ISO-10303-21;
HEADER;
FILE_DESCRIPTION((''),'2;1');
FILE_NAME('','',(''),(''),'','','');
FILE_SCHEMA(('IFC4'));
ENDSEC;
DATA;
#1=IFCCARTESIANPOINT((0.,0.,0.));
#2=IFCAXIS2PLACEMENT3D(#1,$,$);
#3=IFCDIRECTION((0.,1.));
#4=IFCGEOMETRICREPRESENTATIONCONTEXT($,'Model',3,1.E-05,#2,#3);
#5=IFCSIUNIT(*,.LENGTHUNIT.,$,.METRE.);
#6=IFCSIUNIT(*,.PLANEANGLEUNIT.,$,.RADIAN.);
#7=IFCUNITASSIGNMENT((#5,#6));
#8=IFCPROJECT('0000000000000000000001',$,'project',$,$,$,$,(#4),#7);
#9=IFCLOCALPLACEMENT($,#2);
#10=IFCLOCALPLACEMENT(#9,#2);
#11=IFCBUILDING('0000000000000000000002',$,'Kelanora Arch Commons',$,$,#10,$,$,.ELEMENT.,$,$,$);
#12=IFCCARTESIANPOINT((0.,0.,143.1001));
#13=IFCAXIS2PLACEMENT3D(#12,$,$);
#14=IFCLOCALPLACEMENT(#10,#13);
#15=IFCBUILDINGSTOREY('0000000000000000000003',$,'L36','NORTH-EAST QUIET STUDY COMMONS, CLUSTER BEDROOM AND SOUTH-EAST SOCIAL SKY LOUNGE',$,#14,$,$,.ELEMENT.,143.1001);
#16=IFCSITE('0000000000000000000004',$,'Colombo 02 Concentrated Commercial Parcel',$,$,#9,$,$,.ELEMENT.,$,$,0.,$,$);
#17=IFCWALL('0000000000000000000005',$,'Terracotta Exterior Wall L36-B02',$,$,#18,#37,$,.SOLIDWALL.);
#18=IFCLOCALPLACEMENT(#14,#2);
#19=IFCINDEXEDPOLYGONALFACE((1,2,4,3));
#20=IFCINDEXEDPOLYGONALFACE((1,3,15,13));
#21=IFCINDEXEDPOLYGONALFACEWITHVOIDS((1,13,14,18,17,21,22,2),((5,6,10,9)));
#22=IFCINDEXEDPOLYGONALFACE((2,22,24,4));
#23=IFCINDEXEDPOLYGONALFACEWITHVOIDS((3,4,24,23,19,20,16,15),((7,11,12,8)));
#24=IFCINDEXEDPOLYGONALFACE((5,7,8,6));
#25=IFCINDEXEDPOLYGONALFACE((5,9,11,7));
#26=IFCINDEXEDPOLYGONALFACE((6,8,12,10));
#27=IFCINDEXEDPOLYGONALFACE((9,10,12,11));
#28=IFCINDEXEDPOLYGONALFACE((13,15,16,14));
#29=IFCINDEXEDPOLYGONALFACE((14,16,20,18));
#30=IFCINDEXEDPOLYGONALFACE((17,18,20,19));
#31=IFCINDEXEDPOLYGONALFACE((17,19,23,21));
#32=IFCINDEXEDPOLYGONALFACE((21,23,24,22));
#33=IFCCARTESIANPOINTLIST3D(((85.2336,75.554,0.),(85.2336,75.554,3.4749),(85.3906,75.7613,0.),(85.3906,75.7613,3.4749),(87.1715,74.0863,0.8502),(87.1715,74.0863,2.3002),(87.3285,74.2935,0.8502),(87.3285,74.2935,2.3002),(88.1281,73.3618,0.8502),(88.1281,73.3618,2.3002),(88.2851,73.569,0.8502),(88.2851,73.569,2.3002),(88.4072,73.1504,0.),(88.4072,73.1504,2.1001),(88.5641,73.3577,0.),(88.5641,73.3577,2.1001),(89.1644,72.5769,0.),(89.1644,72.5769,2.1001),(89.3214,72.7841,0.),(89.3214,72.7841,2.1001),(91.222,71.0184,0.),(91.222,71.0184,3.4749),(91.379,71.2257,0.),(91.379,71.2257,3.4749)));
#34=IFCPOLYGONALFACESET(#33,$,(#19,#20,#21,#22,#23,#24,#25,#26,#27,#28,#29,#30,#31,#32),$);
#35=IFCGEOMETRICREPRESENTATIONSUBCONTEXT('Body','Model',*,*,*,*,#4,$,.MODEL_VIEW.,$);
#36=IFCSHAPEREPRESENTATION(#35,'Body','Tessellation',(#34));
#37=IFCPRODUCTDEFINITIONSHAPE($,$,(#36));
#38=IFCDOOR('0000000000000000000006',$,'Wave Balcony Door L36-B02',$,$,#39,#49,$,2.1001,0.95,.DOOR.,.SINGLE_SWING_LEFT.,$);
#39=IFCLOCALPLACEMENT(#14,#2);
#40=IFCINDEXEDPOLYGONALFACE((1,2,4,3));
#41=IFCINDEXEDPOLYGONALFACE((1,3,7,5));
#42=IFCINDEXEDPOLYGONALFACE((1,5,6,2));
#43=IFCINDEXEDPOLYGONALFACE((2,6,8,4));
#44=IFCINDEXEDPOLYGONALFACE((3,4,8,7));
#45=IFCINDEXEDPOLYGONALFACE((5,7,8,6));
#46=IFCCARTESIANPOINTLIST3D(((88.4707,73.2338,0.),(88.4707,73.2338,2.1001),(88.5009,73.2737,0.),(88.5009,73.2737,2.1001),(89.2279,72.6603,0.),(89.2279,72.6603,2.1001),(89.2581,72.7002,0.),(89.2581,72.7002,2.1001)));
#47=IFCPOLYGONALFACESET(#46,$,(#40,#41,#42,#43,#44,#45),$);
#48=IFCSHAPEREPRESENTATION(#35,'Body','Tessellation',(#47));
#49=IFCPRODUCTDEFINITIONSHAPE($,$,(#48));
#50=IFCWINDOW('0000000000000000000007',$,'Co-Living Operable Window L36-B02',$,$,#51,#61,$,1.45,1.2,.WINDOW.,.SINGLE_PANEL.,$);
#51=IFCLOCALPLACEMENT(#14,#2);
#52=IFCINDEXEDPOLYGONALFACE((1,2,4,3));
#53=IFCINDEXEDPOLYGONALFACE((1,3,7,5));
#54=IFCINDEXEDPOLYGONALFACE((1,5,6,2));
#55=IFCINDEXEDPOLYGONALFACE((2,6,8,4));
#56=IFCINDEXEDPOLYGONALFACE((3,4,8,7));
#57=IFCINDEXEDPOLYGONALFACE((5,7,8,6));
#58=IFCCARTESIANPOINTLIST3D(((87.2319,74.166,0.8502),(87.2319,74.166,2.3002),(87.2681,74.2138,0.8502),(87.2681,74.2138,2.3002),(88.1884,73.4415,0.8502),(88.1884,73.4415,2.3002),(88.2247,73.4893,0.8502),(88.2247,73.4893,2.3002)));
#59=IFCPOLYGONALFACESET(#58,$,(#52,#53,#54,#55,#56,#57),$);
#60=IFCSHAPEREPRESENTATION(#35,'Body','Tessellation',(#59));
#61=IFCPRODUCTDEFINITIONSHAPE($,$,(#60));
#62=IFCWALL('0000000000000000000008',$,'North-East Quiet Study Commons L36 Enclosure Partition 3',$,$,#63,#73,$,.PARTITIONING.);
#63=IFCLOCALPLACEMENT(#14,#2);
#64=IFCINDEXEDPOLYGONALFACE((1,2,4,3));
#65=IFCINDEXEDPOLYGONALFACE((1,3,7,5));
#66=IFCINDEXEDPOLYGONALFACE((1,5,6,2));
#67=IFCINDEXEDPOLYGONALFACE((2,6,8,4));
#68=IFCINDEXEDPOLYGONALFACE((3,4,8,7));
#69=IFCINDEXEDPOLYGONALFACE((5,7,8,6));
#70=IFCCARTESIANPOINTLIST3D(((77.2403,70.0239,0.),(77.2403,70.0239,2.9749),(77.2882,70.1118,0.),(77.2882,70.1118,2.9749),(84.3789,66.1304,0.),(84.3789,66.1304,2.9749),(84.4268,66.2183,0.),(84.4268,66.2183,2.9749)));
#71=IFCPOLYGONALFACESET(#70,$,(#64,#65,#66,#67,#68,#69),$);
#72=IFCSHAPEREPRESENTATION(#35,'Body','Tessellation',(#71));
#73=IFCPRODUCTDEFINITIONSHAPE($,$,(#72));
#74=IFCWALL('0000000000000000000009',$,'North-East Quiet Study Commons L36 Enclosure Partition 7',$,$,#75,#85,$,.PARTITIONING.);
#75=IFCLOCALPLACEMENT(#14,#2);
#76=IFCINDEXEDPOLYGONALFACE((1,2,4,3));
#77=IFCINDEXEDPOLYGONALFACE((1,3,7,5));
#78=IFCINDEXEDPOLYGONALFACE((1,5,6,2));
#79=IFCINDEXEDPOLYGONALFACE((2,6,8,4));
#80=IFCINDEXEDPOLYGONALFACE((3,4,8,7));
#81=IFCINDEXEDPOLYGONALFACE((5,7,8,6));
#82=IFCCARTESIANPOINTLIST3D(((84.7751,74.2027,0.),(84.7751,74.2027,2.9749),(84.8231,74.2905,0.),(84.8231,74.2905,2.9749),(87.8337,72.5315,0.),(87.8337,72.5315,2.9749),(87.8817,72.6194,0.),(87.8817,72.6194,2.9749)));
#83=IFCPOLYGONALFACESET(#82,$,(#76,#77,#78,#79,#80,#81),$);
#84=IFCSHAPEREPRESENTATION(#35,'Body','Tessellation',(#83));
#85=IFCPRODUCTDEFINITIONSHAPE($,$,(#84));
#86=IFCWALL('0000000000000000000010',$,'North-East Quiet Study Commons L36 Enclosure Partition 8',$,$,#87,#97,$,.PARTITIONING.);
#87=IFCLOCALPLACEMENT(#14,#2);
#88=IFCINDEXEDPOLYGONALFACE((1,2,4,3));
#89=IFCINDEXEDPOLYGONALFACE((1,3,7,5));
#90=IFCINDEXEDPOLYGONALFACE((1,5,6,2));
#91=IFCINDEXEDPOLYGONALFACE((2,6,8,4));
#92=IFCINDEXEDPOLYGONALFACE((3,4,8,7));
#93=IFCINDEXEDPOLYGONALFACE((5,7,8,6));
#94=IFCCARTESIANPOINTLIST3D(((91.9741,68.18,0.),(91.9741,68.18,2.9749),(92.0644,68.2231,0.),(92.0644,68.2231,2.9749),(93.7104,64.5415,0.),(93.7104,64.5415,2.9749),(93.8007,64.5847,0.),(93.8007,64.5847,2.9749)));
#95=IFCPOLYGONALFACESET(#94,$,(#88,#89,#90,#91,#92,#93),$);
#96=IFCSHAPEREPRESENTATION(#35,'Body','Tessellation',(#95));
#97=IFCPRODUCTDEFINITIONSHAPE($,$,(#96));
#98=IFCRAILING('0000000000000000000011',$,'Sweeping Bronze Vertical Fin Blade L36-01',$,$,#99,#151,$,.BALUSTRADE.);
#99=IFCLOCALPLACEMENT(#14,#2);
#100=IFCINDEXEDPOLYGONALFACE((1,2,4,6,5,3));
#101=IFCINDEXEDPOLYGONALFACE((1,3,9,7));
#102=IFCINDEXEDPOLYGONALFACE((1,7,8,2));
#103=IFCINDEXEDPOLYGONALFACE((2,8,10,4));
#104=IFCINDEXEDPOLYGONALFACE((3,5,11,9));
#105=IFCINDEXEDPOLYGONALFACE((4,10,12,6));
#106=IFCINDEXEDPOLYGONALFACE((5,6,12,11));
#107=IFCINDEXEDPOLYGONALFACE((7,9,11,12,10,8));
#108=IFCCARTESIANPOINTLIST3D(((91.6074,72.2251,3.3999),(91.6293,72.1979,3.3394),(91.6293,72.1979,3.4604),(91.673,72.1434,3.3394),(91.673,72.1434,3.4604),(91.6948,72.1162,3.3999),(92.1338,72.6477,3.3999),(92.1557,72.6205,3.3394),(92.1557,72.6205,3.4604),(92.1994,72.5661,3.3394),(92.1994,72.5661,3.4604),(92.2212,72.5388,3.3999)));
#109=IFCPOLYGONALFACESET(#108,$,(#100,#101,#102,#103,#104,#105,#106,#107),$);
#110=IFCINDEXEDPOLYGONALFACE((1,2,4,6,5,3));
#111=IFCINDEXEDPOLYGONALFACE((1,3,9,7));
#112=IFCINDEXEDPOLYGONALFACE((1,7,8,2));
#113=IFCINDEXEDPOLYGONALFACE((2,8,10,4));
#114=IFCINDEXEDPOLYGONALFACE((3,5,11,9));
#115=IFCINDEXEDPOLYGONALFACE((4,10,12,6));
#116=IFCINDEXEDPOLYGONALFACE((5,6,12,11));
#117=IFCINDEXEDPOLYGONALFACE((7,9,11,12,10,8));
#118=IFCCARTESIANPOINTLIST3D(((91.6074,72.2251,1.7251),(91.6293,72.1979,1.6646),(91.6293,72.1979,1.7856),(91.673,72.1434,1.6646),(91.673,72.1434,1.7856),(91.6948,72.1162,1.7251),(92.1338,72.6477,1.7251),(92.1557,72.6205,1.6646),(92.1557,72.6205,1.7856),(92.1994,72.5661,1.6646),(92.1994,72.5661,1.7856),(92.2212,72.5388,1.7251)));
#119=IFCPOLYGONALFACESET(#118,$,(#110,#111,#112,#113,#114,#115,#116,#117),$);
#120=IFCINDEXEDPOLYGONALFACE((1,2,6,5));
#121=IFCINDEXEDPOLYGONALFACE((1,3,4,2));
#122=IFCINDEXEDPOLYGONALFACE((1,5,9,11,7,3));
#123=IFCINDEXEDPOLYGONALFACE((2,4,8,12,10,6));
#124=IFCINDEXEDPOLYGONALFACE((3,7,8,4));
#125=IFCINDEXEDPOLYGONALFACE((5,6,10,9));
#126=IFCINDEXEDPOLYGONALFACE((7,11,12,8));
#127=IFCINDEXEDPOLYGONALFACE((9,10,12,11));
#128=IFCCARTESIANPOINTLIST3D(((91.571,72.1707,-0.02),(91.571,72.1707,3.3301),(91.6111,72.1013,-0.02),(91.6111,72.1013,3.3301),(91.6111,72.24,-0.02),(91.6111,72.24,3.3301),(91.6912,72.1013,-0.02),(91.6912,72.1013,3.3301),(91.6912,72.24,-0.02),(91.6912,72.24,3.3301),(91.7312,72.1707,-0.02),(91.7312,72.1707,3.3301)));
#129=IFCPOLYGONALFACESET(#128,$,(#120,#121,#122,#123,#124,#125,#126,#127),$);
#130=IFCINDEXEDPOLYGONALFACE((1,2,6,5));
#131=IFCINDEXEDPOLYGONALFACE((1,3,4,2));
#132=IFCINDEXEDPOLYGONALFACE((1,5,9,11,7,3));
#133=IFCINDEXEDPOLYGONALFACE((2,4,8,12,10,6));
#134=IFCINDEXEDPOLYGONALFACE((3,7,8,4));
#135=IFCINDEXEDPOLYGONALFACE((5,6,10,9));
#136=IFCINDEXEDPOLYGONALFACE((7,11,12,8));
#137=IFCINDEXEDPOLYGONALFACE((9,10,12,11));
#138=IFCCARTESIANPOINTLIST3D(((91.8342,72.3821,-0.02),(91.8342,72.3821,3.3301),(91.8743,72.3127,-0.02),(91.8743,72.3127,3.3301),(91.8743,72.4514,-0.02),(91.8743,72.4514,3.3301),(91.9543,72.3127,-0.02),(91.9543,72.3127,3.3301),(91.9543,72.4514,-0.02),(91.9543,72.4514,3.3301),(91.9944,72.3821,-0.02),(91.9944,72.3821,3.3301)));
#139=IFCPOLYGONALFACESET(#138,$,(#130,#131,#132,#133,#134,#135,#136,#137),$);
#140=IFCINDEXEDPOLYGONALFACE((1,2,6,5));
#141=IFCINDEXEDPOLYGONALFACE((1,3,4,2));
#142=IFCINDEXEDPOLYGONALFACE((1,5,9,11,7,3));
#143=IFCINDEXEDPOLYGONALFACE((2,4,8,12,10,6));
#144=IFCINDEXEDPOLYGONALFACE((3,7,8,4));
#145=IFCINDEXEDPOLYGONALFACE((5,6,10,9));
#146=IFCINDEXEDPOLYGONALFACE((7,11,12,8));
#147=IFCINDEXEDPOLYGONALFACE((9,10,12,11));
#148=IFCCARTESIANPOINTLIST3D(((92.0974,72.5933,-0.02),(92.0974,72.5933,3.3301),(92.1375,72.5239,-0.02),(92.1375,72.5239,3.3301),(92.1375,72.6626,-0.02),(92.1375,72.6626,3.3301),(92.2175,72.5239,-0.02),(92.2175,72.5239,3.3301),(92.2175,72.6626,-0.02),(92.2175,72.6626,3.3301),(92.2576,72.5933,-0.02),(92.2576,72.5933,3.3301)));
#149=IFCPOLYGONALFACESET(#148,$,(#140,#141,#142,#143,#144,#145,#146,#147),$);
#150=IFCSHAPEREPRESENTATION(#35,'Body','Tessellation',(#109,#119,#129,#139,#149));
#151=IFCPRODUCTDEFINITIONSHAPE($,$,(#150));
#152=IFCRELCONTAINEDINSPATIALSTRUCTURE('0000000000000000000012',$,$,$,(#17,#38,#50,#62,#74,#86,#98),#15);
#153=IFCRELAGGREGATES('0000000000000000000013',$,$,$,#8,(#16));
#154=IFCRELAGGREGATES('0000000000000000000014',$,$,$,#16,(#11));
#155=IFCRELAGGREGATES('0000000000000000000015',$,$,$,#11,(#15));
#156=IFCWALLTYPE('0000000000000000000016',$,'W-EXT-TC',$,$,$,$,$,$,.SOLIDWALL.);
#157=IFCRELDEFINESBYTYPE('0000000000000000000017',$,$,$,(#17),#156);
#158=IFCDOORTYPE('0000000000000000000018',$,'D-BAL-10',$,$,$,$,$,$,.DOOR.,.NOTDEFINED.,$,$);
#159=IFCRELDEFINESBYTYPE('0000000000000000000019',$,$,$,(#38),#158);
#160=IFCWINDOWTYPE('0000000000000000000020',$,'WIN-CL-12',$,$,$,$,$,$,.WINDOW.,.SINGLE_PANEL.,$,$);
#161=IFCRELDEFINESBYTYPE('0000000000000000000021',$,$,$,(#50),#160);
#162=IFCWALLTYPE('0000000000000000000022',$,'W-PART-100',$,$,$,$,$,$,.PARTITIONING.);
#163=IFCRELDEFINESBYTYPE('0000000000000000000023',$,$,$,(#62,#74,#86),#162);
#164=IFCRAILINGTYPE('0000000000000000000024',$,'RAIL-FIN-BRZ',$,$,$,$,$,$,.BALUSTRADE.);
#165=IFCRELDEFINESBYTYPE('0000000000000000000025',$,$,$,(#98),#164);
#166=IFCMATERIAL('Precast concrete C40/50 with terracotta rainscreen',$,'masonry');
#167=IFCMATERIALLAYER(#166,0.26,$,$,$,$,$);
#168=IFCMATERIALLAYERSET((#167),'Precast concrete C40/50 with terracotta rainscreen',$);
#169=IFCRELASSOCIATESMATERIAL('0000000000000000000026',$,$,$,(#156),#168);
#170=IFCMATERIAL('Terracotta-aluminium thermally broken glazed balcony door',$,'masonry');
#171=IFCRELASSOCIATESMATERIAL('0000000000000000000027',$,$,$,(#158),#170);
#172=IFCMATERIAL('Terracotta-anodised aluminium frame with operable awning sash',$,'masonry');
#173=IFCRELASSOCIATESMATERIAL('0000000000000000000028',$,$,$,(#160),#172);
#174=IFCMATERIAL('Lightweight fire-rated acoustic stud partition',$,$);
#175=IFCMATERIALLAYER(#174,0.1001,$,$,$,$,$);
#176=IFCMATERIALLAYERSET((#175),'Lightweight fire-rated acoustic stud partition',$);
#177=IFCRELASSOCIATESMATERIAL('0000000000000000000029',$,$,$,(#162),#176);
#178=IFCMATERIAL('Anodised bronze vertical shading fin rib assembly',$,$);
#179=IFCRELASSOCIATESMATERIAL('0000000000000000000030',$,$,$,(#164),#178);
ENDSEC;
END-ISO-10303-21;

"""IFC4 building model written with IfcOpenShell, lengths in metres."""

from ifc_helpers import new_model, si_unit, direction, frame, frame_2d, origin, place, context, subcontext, project, spatial, polyline, rectangle, outline, extrude, material, layer, layer_set, type_object, element, fill, save


model = new_model("IFC4")

# Units and contexts
model_context = context("Model", 3, precision=1e-05, world=origin(), true_north=direction((0.0, 1.0)))
body_context = subcontext(model_context, "Body", "Model", "MODEL_VIEW")
ifc_project = project(units=[si_unit("LENGTHUNIT", "METRE"), si_unit("PLANEANGLEUNIT", "RADIAN")], contexts=[model_context])

# Site, building, storey
site_placement = place(None, origin())
site = spatial("IfcSite", under=ifc_project, at=site_placement, Name="Colombo 02 Concentrated Commercial Parcel", CompositionType="ELEMENT", RefElevation=0.0)
building_placement = place(site_placement, origin())
building = spatial("IfcBuilding", under=site, at=building_placement, Name="Kelanora Arch Commons", CompositionType="ELEMENT")
storey_placement = place(building_placement, frame((0.0, 0.0, 143.1001)))
storey = spatial("IfcBuildingStorey", under=building, at=storey_placement, Name="L36", Description="NORTH-EAST QUIET STUDY COMMONS, CLUSTER BEDROOM AND SOUTH-EAST SOCIAL SKY LOUNGE", CompositionType="ELEMENT", Elevation=143.1001)

# Shared definitions
ifc_material_1 = material(Name="Precast concrete C40/50 with terracotta rainscreen", Category="masonry")
ifc_layer_1 = layer(ifc_material_1, 0.26)
ifc_layer_set_1 = layer_set([ifc_layer_1], Name="Precast concrete C40/50 with terracotta rainscreen")
wall_type_1 = type_object("IfcWallType", Name="W-EXT-TC", PredefinedType="SOLIDWALL", material=ifc_layer_set_1)

# Wall, openings, door, window
wall_1_placement = place(storey_placement, frame((91.3005, 71.1221, 0.0), z_axis=(0.0, 0.0, 1.0), x_axis=(-0.797164, 0.603763, 0.0)))
wall_1 = element("IfcWall", 1, at=wall_1_placement, inside=storey, type_object=wall_type_1, Name="Terracotta Exterior Wall L36-B02", PredefinedType="SOLIDWALL", context=body_context, shape_type="SweptSolid", body=[
    extrude(rectangle(XDim=7.5122, YDim=0.26, at=frame_2d((3.7561, 0.0))), origin(), (0.0, 0.0, 1.0), 3.4749),
])
opening_1_placement = place(wall_1_placement, frame((2.5811, 0.0, 0.0)))
opening_1 = element("IfcOpeningElement", 2, at=opening_1_placement, cuts=wall_1, PredefinedType="OPENING", context=body_context, shape_type="SweptSolid", body=[
    extrude(rectangle(XDim=0.95, YDim=2.1001, at=frame_2d((0.4751, 1.05))), frame((0.0, 0.1401, 0.0), z_axis=(0.0, -1.0, 0.0), x_axis=(1.0, 0.0, 0.0)), (0.0, 0.0, 1.0), 0.28),
])
opening_2_placement = place(wall_1_placement, frame((3.8811, 0.0, 0.8501)))
opening_2 = element("IfcOpeningElement", 3, at=opening_2_placement, cuts=wall_1, PredefinedType="OPENING", context=body_context, shape_type="SweptSolid", body=[
    extrude(rectangle(XDim=1.2, YDim=1.45, at=frame_2d((0.6001, 0.7251))), frame((0.0, 0.1401, 0.0), z_axis=(0.0, -1.0, 0.0), x_axis=(1.0, 0.0, 0.0)), (0.0, 0.0, 1.0), 0.28),
])
ifc_material_2 = material(Name="Terracotta-aluminium thermally broken glazed balcony door", Category="masonry")
door_type = type_object("IfcDoorType", Name="D-BAL-10", OperationType="NOTDEFINED", PredefinedType="DOOR", material=ifc_material_2)
door_placement = place(opening_1_placement, frame((0.95, 0.0, 0.0), z_axis=(0.0, 0.0, 1.0), x_axis=(-1.0, 0.0, 0.0)))
door = element("IfcDoor", 4, at=door_placement, inside=storey, type_object=door_type, Name="Wave Balcony Door L36-B02", OperationType="SINGLE_SWING_LEFT", OverallHeight=2.1001, OverallWidth=0.95, PredefinedType="DOOR", context=body_context, shape_type="SweptSolid", body=[
    extrude(rectangle(XDim=0.95, YDim=2.1001, at=frame_2d((0.4751, 1.05))), frame((0.0, 0.0249, 0.0), z_axis=(0.0, -1.0, 0.0), x_axis=(1.0, 0.0, 0.0)), (0.0, 0.0, 1.0), 0.05),
])
fill(opening_1, door)
ifc_material_3 = material(Name="Terracotta-anodised aluminium frame with operable awning sash", Category="masonry")
window_type_1 = type_object("IfcWindowType", Name="WIN-CL-12", PartitioningType="SINGLE_PANEL", PredefinedType="WINDOW", material=ifc_material_3)
window_1_placement = place(opening_2_placement, origin())
window_1 = element("IfcWindow", 5, at=window_1_placement, inside=storey, type_object=window_type_1, Name="Co-Living Operable Window L36-B02", OverallHeight=1.45, OverallWidth=1.2, PartitioningType="SINGLE_PANEL", PredefinedType="WINDOW", context=body_context, shape_type="SweptSolid", body=[
    extrude(rectangle(XDim=1.2, YDim=1.45, at=frame_2d((0.6001, 0.7251))), frame((0.0, 0.03, 0.0), z_axis=(0.0, -1.0, 0.0), x_axis=(1.0, 0.0, 0.0)), (0.0, 0.0, 1.0), 0.0601),
])
fill(opening_2, window_1)

# Walls
ifc_material_4 = material(Name="Lightweight fire-rated acoustic stud partition")
ifc_layer_2 = layer(ifc_material_4, 0.1001)
ifc_layer_set_2 = layer_set([ifc_layer_2], Name="Lightweight fire-rated acoustic stud partition")
wall_type_2 = type_object("IfcWallType", Name="W-PART-100", PredefinedType="PARTITIONING", material=ifc_layer_set_2)
wall_2_placement = place(storey_placement, frame((84.4028, 66.1743, 0.0), z_axis=(0.0, 0.0, 1.0), x_axis=(-0.877909, 0.478827, 0.0)))
element("IfcWall", 6, at=wall_2_placement, inside=storey, type_object=wall_type_2, Name="North-East Quiet Study Commons L36 Enclosure Partition 3", PredefinedType="PARTITIONING", context=body_context, shape_type="SweptSolid", body=[
    extrude(rectangle(XDim=8.1313, YDim=0.1001, at=frame_2d((4.0657, 0.0))), origin(), (0.0, 0.0, 1.0), 2.9749),
])
wall_3_placement = place(storey_placement, frame((84.7991, 74.2466, 0.0), z_axis=(0.0, 0.0, 1.0), x_axis=(0.877555, -0.479475, 0.0)))
element("IfcWall", 7, at=wall_3_placement, inside=storey, type_object=wall_type_2, Name="North-East Quiet Study Commons L36 Enclosure Partition 7", PredefinedType="PARTITIONING", context=body_context, shape_type="SweptSolid", body=[
    extrude(rectangle(XDim=3.4854, YDim=0.1001, at=frame_2d((1.7427, 0.0))), origin(), (0.0, 0.0, 1.0), 2.9749),
])
wall_4_placement = place(storey_placement, frame((92.0193, 68.2014, 0.0), z_axis=(0.0, 0.0, 1.0), x_axis=(0.43069, -0.9025, 0.0)))
element("IfcWall", 8, at=wall_4_placement, inside=storey, type_object=wall_type_2, Name="North-East Quiet Study Commons L36 Enclosure Partition 8", PredefinedType="PARTITIONING", context=body_context, shape_type="SweptSolid", body=[
    extrude(rectangle(XDim=4.0315, YDim=0.1001, at=frame_2d((2.0156, 0.0))), origin(), (0.0, 0.0, 1.0), 2.9749),
])

# Railing
ifc_material_5 = material(Name="Anodised bronze vertical shading fin rib assembly")
railing_type = type_object("IfcRailingType", Name="RAIL-FIN-BRZ", PredefinedType="BALUSTRADE", material=ifc_material_5)
railing_1_placement = place(storey_placement, frame((91.6511, 72.1707, -0.02)))
element("IfcRailing", 9, at=railing_1_placement, inside=storey, type_object=railing_type, Name="Sweeping Bronze Vertical Fin Blade L36-01", PredefinedType="BALUSTRADE", context=body_context, shape_type="SweptSolid", body=[
    extrude(outline(polyline([(0.0698, 0.0), (0.0349, 0.0605), (-0.0349, 0.0605), (-0.0698, 0.0), (-0.0349, -0.0605), (0.0349, -0.0605), (0.0698, 0.0)])), frame((0.0, 0.0, 3.4199), z_axis=(0.779774, 0.626061, 0.0), x_axis=(-0.626061, 0.779774, 0.0)), (0.0, 0.0, 1.0), 0.675),
    extrude(outline(polyline([(0.0698, 0.0), (0.0349, 0.0605), (-0.0349, 0.0605), (-0.0698, 0.0), (-0.0349, -0.0605), (0.0349, -0.0605), (0.0698, 0.0)])), frame((0.0, 0.0, 1.7451), z_axis=(0.779774, 0.626061, 0.0), x_axis=(-0.626061, 0.779774, 0.0)), (0.0, 0.0, 1.0), 0.675),
    extrude(outline(polyline([(0.0801, 0.0), (0.04, 0.0693), (-0.04, 0.0693), (-0.0801, 0.0), (-0.04, -0.0693), (0.04, -0.0693), (0.0801, 0.0)])), origin(), (0.0, 0.0, 1.0), 3.3501),
    extrude(outline(polyline([(0.0801, 0.0), (0.04, 0.0693), (-0.04, 0.0693), (-0.0801, 0.0), (-0.04, -0.0693), (0.04, -0.0693), (0.0801, 0.0)])), frame((0.2632, 0.2114, 0.0)), (0.0, 0.0, 1.0), 3.3501),
    extrude(outline(polyline([(0.0801, 0.0), (0.04, 0.0693), (-0.04, 0.0693), (-0.0801, 0.0), (-0.04, -0.0693), (0.04, -0.0693), (0.0801, 0.0)])), frame((0.5264, 0.4226, 0.0)), (0.0, 0.0, 1.0), 3.3501),
])

save(model, "model.ifc")
